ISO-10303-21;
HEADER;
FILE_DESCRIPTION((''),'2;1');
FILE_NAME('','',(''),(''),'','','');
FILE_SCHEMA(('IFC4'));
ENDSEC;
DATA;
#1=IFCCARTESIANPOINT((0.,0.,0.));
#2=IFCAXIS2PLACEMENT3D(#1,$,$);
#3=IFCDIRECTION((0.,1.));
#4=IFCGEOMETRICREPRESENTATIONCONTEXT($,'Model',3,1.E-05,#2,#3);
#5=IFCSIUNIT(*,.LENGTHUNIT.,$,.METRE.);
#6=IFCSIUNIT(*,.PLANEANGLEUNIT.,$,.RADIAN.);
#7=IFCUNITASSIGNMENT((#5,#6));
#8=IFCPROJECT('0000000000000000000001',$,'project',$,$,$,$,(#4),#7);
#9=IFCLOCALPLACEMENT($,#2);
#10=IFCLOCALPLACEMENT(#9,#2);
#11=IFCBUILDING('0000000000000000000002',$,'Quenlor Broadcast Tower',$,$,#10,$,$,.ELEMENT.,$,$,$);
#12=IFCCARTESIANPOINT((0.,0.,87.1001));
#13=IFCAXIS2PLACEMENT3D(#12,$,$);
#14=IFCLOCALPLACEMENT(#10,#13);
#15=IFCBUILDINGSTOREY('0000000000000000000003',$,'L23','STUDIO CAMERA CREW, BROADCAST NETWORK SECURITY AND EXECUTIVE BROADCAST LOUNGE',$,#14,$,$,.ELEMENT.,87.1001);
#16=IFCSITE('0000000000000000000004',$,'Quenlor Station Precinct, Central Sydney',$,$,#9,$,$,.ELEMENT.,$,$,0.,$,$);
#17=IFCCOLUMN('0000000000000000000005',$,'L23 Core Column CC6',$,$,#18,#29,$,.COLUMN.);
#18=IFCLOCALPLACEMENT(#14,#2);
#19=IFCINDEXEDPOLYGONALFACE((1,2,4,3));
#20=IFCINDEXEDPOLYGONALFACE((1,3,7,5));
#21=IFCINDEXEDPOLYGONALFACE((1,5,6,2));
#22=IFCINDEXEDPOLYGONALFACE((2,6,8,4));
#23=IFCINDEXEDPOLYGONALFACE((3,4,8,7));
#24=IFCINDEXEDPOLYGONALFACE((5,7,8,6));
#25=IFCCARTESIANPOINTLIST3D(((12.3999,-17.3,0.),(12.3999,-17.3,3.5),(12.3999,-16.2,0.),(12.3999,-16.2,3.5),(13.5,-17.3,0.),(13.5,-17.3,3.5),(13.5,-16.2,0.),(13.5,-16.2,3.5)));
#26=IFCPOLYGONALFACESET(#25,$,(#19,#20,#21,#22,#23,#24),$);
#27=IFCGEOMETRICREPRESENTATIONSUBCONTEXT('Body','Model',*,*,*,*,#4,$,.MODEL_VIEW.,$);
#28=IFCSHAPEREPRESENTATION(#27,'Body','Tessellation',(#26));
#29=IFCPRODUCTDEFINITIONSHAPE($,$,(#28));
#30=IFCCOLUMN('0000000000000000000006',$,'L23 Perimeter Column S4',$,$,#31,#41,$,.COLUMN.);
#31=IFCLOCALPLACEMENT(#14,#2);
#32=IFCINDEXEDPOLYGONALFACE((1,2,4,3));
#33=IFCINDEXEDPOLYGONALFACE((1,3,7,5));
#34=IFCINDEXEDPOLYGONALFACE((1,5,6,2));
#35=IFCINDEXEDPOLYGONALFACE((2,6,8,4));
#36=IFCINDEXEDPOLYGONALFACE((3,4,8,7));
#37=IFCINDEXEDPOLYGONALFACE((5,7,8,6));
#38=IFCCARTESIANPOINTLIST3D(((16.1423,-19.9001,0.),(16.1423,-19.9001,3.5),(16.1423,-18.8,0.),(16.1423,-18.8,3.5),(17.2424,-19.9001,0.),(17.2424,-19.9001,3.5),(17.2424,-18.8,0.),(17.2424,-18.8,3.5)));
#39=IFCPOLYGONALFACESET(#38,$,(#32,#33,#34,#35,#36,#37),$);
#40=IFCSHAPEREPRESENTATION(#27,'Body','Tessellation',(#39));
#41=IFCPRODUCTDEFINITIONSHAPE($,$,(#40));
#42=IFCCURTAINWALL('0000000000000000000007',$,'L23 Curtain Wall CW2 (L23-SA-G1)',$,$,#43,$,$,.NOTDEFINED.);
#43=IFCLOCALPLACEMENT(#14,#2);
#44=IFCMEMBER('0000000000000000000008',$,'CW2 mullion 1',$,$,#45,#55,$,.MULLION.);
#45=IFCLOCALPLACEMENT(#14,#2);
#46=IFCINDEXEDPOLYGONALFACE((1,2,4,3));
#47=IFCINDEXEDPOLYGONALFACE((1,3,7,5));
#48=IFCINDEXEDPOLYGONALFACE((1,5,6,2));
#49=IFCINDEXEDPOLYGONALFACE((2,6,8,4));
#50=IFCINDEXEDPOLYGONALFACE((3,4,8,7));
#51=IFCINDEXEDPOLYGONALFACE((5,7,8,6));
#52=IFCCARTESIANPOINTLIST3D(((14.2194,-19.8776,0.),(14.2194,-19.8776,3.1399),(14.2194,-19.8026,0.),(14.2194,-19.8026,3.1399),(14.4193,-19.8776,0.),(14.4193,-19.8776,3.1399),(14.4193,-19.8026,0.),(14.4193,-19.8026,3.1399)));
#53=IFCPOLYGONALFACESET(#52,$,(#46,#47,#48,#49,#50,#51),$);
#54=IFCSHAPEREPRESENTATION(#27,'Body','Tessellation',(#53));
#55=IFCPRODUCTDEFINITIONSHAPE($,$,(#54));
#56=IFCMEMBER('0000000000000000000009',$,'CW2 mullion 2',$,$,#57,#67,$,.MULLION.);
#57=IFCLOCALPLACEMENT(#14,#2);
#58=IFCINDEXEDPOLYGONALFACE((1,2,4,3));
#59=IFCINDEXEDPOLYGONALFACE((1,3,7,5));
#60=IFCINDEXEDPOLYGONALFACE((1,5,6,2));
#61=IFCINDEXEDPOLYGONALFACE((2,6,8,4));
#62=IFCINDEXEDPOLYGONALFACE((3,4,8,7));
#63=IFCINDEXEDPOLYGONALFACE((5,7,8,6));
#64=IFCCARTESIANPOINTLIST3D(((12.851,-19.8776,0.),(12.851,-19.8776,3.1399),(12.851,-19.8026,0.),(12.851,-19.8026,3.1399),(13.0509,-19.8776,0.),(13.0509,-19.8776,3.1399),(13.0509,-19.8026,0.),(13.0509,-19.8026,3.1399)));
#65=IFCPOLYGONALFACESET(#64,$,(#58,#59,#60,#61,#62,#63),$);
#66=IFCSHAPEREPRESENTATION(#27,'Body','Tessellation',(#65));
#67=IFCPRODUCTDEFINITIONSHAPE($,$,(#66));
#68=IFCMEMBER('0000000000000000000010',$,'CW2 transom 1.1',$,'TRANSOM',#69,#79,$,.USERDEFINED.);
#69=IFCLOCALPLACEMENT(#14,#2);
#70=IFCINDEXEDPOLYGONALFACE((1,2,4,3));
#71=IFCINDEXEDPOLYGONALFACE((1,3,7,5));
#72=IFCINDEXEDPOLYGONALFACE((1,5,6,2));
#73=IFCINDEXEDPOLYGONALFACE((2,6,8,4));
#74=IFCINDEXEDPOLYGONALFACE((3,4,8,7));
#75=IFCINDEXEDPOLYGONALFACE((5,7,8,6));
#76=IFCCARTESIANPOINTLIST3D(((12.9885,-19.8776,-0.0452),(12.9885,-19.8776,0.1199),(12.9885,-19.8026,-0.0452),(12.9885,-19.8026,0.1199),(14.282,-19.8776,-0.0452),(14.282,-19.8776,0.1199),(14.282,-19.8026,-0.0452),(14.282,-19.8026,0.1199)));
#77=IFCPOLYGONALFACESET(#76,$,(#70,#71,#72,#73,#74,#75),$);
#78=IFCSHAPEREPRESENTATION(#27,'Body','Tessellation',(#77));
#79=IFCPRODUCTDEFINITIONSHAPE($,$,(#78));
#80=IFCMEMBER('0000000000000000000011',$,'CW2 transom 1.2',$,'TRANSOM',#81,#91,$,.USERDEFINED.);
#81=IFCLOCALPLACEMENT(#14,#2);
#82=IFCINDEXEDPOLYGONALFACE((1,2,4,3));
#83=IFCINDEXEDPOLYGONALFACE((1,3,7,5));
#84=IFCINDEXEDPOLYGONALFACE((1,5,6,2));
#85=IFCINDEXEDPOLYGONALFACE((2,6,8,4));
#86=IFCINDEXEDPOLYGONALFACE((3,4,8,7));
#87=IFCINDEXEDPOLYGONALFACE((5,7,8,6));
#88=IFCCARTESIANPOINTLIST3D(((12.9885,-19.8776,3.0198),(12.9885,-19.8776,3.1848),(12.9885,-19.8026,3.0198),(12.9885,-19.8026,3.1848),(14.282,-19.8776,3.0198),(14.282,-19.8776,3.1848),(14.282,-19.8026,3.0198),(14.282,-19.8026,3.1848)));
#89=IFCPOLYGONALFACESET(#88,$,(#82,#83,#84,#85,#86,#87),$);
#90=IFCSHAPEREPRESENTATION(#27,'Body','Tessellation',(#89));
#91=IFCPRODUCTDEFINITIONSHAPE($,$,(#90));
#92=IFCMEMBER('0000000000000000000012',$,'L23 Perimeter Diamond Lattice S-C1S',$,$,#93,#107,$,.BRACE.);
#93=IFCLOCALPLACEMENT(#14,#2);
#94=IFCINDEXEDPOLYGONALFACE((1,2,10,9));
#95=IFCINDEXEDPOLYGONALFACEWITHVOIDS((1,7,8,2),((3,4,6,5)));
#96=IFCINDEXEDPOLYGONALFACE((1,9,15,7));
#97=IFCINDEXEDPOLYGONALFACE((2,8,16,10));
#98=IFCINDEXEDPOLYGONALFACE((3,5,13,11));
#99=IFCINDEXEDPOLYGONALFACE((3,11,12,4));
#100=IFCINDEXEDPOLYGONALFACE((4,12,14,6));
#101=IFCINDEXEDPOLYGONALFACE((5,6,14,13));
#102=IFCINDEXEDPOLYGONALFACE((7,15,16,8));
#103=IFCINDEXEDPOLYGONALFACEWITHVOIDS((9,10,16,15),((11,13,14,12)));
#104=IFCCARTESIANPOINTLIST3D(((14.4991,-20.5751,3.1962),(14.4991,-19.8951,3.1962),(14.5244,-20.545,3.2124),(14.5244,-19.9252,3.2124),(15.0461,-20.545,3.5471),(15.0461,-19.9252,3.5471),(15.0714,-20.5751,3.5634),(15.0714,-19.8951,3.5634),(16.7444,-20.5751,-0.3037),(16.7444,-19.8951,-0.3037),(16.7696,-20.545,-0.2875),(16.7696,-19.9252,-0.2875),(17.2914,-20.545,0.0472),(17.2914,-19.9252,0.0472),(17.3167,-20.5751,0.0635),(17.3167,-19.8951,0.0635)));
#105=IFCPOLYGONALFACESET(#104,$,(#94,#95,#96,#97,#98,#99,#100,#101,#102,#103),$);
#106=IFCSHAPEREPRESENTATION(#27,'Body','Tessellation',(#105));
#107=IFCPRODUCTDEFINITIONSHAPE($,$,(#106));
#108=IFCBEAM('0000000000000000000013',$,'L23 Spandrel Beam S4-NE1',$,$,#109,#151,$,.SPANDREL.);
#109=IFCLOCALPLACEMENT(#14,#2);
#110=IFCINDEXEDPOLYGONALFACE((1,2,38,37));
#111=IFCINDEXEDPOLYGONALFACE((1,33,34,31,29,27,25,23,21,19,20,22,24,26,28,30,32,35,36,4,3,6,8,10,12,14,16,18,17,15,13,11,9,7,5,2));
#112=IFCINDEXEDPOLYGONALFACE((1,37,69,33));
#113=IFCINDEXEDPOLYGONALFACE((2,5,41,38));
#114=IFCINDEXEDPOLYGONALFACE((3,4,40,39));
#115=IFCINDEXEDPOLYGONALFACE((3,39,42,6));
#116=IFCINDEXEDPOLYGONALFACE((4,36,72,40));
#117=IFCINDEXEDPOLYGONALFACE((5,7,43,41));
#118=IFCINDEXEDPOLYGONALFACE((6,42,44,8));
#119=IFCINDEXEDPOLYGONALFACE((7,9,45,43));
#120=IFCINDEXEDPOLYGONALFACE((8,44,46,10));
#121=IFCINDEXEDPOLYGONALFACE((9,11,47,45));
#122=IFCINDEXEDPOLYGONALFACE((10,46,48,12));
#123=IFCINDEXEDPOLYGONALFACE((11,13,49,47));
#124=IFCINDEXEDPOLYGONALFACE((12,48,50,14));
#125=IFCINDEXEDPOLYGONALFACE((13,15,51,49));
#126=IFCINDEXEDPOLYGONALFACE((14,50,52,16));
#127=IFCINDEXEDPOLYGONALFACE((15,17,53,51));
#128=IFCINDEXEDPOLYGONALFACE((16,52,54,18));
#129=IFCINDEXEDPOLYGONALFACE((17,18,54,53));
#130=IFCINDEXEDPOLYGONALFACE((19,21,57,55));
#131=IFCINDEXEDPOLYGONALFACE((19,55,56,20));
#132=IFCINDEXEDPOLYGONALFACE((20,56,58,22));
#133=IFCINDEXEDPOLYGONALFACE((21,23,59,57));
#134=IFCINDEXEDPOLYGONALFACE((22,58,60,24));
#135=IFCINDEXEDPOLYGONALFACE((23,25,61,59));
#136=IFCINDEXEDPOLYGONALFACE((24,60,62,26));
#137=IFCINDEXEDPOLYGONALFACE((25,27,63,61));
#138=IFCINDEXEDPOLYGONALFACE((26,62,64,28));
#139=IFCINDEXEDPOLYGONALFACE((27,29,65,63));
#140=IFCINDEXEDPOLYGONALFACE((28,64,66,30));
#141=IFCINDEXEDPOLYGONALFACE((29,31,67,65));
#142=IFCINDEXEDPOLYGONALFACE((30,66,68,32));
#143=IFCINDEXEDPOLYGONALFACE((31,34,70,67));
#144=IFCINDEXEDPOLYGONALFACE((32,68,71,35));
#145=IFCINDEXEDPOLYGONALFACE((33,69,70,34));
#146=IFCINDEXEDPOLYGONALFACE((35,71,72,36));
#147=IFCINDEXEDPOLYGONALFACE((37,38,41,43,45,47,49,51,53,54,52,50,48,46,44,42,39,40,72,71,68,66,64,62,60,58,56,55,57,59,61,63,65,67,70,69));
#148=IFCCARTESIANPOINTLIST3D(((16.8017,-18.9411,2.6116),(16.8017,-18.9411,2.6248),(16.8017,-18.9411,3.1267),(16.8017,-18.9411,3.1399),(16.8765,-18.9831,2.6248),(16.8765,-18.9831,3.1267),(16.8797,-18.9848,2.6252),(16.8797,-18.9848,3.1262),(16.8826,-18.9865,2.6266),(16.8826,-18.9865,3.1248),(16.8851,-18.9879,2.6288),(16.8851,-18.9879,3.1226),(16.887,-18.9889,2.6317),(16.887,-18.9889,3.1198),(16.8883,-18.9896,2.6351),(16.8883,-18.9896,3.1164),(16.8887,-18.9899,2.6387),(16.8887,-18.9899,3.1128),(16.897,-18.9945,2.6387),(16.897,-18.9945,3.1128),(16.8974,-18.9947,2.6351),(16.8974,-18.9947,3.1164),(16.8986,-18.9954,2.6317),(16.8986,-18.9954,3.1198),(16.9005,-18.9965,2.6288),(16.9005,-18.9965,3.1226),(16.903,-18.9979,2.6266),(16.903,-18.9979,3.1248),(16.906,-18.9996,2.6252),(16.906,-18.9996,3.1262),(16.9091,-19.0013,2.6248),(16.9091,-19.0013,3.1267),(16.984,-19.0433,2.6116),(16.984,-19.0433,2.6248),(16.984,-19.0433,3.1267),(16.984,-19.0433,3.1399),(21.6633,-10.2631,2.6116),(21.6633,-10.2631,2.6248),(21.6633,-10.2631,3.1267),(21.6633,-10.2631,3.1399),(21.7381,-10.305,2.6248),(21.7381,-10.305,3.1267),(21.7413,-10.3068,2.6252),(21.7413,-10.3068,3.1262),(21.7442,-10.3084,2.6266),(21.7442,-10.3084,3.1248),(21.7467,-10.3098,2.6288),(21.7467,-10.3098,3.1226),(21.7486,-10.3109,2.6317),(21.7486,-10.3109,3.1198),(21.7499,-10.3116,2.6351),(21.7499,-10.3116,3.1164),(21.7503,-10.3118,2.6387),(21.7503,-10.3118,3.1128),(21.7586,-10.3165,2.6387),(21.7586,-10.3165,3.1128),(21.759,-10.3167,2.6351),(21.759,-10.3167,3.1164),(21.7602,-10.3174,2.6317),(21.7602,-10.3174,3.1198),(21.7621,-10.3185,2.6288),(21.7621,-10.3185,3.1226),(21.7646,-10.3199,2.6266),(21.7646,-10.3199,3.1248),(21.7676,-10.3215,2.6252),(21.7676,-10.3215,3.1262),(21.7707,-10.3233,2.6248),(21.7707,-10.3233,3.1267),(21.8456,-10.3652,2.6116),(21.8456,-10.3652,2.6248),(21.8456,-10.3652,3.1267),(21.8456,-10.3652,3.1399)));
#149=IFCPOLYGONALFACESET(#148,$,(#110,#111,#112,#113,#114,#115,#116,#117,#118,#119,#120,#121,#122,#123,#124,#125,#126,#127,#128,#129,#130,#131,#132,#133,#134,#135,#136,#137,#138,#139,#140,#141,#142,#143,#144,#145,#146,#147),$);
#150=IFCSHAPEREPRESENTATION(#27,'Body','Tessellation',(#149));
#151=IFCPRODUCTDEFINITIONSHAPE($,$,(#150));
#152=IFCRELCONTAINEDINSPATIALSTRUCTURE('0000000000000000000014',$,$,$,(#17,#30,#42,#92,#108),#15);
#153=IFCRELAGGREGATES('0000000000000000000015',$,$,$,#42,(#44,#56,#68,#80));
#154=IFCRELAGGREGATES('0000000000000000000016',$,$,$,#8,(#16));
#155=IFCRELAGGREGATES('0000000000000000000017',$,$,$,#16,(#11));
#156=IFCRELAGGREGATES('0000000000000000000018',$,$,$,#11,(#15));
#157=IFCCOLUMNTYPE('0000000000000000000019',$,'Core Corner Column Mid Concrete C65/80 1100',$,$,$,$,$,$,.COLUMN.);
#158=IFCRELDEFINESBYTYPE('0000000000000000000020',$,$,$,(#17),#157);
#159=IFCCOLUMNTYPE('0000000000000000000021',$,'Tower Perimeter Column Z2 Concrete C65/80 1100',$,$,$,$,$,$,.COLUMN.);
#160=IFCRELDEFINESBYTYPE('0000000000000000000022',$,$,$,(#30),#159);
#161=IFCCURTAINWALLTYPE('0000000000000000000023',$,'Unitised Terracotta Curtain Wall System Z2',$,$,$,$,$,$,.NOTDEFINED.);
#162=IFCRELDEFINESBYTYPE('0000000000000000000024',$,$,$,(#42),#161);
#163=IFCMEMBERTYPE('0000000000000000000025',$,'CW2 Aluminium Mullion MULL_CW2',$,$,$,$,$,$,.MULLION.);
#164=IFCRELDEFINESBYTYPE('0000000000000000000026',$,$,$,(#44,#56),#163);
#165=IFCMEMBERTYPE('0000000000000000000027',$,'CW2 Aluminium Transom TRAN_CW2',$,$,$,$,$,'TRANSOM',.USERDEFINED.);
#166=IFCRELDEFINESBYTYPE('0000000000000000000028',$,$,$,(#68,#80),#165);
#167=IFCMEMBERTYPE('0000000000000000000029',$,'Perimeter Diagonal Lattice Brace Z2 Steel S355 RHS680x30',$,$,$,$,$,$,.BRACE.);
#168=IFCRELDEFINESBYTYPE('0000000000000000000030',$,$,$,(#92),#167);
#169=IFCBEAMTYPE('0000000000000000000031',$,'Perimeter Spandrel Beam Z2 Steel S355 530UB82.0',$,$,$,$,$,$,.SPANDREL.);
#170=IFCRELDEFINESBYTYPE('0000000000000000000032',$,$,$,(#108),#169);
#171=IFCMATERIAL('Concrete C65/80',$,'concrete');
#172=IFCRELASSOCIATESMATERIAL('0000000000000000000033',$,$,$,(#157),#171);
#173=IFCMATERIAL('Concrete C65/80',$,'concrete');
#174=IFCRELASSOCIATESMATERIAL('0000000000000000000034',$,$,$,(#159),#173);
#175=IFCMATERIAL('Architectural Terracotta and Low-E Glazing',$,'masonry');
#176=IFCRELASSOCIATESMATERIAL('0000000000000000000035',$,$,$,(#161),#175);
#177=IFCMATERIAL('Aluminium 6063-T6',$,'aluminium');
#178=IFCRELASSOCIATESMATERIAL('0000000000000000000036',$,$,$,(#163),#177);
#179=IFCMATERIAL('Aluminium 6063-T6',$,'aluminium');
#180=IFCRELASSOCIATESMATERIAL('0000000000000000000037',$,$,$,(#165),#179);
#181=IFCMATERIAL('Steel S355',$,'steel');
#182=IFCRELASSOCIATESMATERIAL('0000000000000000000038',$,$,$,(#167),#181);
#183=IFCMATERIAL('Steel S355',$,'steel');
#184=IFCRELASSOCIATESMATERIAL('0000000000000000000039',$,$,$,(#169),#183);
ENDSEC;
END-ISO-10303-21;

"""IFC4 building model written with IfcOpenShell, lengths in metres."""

from ifc_helpers import new_model, si_unit, direction, frame, origin, origin_2d, place, context, subcontext, project, spatial, rectangle, hollow_rectangle, i_section, extrude, material, material_profile, profile_set, type_object, element, aggregate, save


model = new_model("IFC4")

# Units and contexts
model_context = context("Model", 3, precision=1e-05, world=origin(), true_north=direction((0.0, 1.0)))
body_context = subcontext(model_context, "Body", "Model", "MODEL_VIEW")
ifc_project = project(units=[si_unit("LENGTHUNIT", "METRE"), si_unit("PLANEANGLEUNIT", "RADIAN")], contexts=[model_context])

# Site, building, storey
site_placement = place(None, origin())
site = spatial("IfcSite", under=ifc_project, at=site_placement, Name="Quenlor Station Precinct, Central Sydney", CompositionType="ELEMENT", RefElevation=0.0)
building_placement = place(site_placement, origin())
building = spatial("IfcBuilding", under=site, at=building_placement, Name="Quenlor Broadcast Tower", CompositionType="ELEMENT")
storey_placement = place(building_placement, frame((0.0, 0.0, 87.1001)))
storey = spatial("IfcBuildingStorey", under=building, at=storey_placement, Name="L23", Description="STUDIO CAMERA CREW, BROADCAST NETWORK SECURITY AND EXECUTIVE BROADCAST LOUNGE", CompositionType="ELEMENT", Elevation=87.1001)

# Columns
ifc_material_1 = material(Name="Concrete C65/80", Category="concrete")
ifc_material_profile_1 = material_profile(ifc_material_1, rectangle(XDim=1.1001, YDim=1.1001, at=origin_2d()))
ifc_profile_set_1 = profile_set([ifc_material_profile_1], Name="Concrete C65/80 RC1100x1100")
column_type_1 = type_object("IfcColumnType", Name="Core Corner Column Mid Concrete C65/80 1100", PredefinedType="COLUMN", material=ifc_profile_set_1)
column_1_placement = place(storey_placement, frame((12.95, -16.75, 0.0), z_axis=(0.0, 0.0, 1.0), x_axis=(1.0, 0.0, 0.0)))
element("IfcColumn", 1, at=column_1_placement, inside=storey, type_object=column_type_1, Name="L23 Core Column CC6", PredefinedType="COLUMN", context=body_context, shape_type="SweptSolid", body=[
    extrude(rectangle(XDim=1.1001, YDim=1.1001, at=origin_2d()), origin(), (0.0, 0.0, 1.0), 3.5),
])
ifc_material_2 = material(Name="Concrete C65/80", Category="concrete")
ifc_material_profile_2 = material_profile(ifc_material_2, rectangle(XDim=1.1001, YDim=1.1001, at=origin_2d()))
ifc_profile_set_2 = profile_set([ifc_material_profile_2], Name="Concrete C65/80 RC1100x1100")
column_type_2 = type_object("IfcColumnType", Name="Tower Perimeter Column Z2 Concrete C65/80 1100", PredefinedType="COLUMN", material=ifc_profile_set_2)
column_2_placement = place(storey_placement, frame((16.6924, -19.3501, 0.0), z_axis=(0.0, 0.0, 1.0), x_axis=(0.0, 1.0, 0.0)))
element("IfcColumn", 2, at=column_2_placement, inside=storey, type_object=column_type_2, Name="L23 Perimeter Column S4", PredefinedType="COLUMN", context=body_context, shape_type="SweptSolid", body=[
    extrude(rectangle(XDim=1.1001, YDim=1.1001, at=origin_2d()), origin(), (0.0, 0.0, 1.0), 3.5),
])

# Curtain wall, members
ifc_material_3 = material(Name="Architectural Terracotta and Low-E Glazing", Category="masonry")
curtain_wall_type = type_object("IfcCurtainWallType", Name="Unitised Terracotta Curtain Wall System Z2", PredefinedType="NOTDEFINED", material=ifc_material_3)
curtain_wall_placement = place(storey_placement, origin())
curtain_wall = element("IfcCurtainWall", 3, at=curtain_wall_placement, inside=storey, type_object=curtain_wall_type, Name="L23 Curtain Wall CW2 (L23-SA-G1)", PredefinedType="NOTDEFINED")
ifc_material_4 = material(Name="Aluminium 6063-T6", Category="aluminium")
ifc_material_profile_3 = material_profile(ifc_material_4, rectangle(XDim=0.075, YDim=0.2, at=origin_2d()))
ifc_profile_set_3 = profile_set([ifc_material_profile_3], Name="Aluminium 6063-T6 MULL75x200")
member_type_1 = type_object("IfcMemberType", Name="CW2 Aluminium Mullion MULL_CW2", PredefinedType="MULLION", material=ifc_profile_set_3)
member_1_placement = place(storey_placement, frame((14.3193, -19.8401, 0.0), z_axis=(0.0, 0.0, 1.0), x_axis=(0.0, -1.0, 0.0)))
member_1 = element("IfcMember", 4, at=member_1_placement, type_object=member_type_1, Name="CW2 mullion 1", PredefinedType="MULLION", context=body_context, shape_type="SweptSolid", body=[
    extrude(rectangle(XDim=0.075, YDim=0.2, at=origin_2d()), origin(), (0.0, 0.0, 1.0), 3.1399),
])
member_2_placement = place(storey_placement, frame((12.9509, -19.8401, 0.0), z_axis=(0.0, 0.0, 1.0), x_axis=(0.0, -1.0, 0.0)))
member_2 = element("IfcMember", 5, at=member_2_placement, type_object=member_type_1, Name="CW2 mullion 2", PredefinedType="MULLION", context=body_context, shape_type="SweptSolid", body=[
    extrude(rectangle(XDim=0.075, YDim=0.2, at=origin_2d()), origin(), (0.0, 0.0, 1.0), 3.1399),
])
ifc_material_5 = material(Name="Aluminium 6063-T6", Category="aluminium")
ifc_material_profile_4 = material_profile(ifc_material_5, rectangle(XDim=0.075, YDim=0.165, at=origin_2d()))
ifc_profile_set_4 = profile_set([ifc_material_profile_4], Name="Aluminium 6063-T6 TRAN75x165")
member_type_2 = type_object("IfcMemberType", Name="CW2 Aluminium Transom TRAN_CW2", ElementType="TRANSOM", PredefinedType="USERDEFINED", material=ifc_profile_set_4)
member_3_placement = place(storey_placement, frame((14.282, -19.8401, 0.0374), z_axis=(-1.0, 0.0, 0.0), x_axis=(0.0, -1.0, 0.0)))
member_3 = element("IfcMember", 6, at=member_3_placement, type_object=member_type_2, Name="CW2 transom 1.1", ObjectType="TRANSOM", PredefinedType="USERDEFINED", context=body_context, shape_type="SweptSolid", body=[
    extrude(rectangle(XDim=0.075, YDim=0.165, at=origin_2d()), origin(), (0.0, 0.0, 1.0), 1.2935),
])
member_4_placement = place(storey_placement, frame((14.282, -19.8401, 3.1023), z_axis=(-1.0, 0.0, 0.0), x_axis=(0.0, -1.0, 0.0)))
member_4 = element("IfcMember", 7, at=member_4_placement, type_object=member_type_2, Name="CW2 transom 1.2", ObjectType="TRANSOM", PredefinedType="USERDEFINED", context=body_context, shape_type="SweptSolid", body=[
    extrude(rectangle(XDim=0.075, YDim=0.165, at=origin_2d()), origin(), (0.0, 0.0, 1.0), 1.2935),
])

# Member
ifc_material_6 = material(Name="Steel S355", Category="steel")
ifc_material_profile_5 = material_profile(ifc_material_6, hollow_rectangle(XDim=0.6799, YDim=0.6799, WallThickness=0.03, at=origin_2d()))
ifc_profile_set_5 = profile_set([ifc_material_profile_5], Name="Steel S355 RHS680x680x30")
member_type_3 = type_object("IfcMemberType", Name="Perimeter Diagonal Lattice Brace Z2 Steel S355 RHS680x30", PredefinedType="BRACE", material=ifc_profile_set_5)
member_5_placement = place(storey_placement, frame((17.0305, -20.2351, -0.1201), z_axis=(-0.539968, 0.0, 0.841686), x_axis=(0.0, -1.0, 0.0)))
element("IfcMember", 8, at=member_5_placement, inside=storey, type_object=member_type_3, Name="L23 Perimeter Diamond Lattice S-C1S", PredefinedType="BRACE", context=body_context, shape_type="SweptSolid", body=[
    extrude(hollow_rectangle(XDim=0.6799, YDim=0.6799, WallThickness=0.03, at=origin_2d()), origin(), (0.0, 0.0, 1.0), 4.1582),
])

# Beam
ifc_material_7 = material(Name="Steel S355", Category="steel")
ifc_material_profile_6 = material_profile(ifc_material_7, i_section(OverallWidth=0.209, OverallDepth=0.5283, WebThickness=0.0095, FlangeThickness=0.0132, FilletRadius=0.0139, at=origin_2d()))
ifc_profile_set_6 = profile_set([ifc_material_profile_6], Name="Steel S355 530UB82.0")
beam_type_1 = type_object("IfcBeamType", Name="Perimeter Spandrel Beam Z2 Steel S355 530UB82.0", PredefinedType="SPANDREL", material=ifc_profile_set_6)
beam_1_placement = place(storey_placement, frame((16.8928, -18.9922, 2.8757), z_axis=(0.488749, 0.872424, 0.0), x_axis=(-0.872424, 0.488749, 0.0)))
element("IfcBeam", 9, at=beam_1_placement, inside=storey, type_object=beam_type_1, Name="L23 Spandrel Beam S4-NE1", PredefinedType="SPANDREL", context=body_context, shape_type="SweptSolid", body=[
    extrude(i_section(OverallWidth=0.209, OverallDepth=0.5283, WebThickness=0.0095, FlangeThickness=0.0132, FilletRadius=0.0139, at=origin_2d()), origin(), (0.0, 0.0, 1.0), 9.947),
])

aggregate(curtain_wall, [member_1, member_2, member_3, member_4])

save(model, "model.ifc")
